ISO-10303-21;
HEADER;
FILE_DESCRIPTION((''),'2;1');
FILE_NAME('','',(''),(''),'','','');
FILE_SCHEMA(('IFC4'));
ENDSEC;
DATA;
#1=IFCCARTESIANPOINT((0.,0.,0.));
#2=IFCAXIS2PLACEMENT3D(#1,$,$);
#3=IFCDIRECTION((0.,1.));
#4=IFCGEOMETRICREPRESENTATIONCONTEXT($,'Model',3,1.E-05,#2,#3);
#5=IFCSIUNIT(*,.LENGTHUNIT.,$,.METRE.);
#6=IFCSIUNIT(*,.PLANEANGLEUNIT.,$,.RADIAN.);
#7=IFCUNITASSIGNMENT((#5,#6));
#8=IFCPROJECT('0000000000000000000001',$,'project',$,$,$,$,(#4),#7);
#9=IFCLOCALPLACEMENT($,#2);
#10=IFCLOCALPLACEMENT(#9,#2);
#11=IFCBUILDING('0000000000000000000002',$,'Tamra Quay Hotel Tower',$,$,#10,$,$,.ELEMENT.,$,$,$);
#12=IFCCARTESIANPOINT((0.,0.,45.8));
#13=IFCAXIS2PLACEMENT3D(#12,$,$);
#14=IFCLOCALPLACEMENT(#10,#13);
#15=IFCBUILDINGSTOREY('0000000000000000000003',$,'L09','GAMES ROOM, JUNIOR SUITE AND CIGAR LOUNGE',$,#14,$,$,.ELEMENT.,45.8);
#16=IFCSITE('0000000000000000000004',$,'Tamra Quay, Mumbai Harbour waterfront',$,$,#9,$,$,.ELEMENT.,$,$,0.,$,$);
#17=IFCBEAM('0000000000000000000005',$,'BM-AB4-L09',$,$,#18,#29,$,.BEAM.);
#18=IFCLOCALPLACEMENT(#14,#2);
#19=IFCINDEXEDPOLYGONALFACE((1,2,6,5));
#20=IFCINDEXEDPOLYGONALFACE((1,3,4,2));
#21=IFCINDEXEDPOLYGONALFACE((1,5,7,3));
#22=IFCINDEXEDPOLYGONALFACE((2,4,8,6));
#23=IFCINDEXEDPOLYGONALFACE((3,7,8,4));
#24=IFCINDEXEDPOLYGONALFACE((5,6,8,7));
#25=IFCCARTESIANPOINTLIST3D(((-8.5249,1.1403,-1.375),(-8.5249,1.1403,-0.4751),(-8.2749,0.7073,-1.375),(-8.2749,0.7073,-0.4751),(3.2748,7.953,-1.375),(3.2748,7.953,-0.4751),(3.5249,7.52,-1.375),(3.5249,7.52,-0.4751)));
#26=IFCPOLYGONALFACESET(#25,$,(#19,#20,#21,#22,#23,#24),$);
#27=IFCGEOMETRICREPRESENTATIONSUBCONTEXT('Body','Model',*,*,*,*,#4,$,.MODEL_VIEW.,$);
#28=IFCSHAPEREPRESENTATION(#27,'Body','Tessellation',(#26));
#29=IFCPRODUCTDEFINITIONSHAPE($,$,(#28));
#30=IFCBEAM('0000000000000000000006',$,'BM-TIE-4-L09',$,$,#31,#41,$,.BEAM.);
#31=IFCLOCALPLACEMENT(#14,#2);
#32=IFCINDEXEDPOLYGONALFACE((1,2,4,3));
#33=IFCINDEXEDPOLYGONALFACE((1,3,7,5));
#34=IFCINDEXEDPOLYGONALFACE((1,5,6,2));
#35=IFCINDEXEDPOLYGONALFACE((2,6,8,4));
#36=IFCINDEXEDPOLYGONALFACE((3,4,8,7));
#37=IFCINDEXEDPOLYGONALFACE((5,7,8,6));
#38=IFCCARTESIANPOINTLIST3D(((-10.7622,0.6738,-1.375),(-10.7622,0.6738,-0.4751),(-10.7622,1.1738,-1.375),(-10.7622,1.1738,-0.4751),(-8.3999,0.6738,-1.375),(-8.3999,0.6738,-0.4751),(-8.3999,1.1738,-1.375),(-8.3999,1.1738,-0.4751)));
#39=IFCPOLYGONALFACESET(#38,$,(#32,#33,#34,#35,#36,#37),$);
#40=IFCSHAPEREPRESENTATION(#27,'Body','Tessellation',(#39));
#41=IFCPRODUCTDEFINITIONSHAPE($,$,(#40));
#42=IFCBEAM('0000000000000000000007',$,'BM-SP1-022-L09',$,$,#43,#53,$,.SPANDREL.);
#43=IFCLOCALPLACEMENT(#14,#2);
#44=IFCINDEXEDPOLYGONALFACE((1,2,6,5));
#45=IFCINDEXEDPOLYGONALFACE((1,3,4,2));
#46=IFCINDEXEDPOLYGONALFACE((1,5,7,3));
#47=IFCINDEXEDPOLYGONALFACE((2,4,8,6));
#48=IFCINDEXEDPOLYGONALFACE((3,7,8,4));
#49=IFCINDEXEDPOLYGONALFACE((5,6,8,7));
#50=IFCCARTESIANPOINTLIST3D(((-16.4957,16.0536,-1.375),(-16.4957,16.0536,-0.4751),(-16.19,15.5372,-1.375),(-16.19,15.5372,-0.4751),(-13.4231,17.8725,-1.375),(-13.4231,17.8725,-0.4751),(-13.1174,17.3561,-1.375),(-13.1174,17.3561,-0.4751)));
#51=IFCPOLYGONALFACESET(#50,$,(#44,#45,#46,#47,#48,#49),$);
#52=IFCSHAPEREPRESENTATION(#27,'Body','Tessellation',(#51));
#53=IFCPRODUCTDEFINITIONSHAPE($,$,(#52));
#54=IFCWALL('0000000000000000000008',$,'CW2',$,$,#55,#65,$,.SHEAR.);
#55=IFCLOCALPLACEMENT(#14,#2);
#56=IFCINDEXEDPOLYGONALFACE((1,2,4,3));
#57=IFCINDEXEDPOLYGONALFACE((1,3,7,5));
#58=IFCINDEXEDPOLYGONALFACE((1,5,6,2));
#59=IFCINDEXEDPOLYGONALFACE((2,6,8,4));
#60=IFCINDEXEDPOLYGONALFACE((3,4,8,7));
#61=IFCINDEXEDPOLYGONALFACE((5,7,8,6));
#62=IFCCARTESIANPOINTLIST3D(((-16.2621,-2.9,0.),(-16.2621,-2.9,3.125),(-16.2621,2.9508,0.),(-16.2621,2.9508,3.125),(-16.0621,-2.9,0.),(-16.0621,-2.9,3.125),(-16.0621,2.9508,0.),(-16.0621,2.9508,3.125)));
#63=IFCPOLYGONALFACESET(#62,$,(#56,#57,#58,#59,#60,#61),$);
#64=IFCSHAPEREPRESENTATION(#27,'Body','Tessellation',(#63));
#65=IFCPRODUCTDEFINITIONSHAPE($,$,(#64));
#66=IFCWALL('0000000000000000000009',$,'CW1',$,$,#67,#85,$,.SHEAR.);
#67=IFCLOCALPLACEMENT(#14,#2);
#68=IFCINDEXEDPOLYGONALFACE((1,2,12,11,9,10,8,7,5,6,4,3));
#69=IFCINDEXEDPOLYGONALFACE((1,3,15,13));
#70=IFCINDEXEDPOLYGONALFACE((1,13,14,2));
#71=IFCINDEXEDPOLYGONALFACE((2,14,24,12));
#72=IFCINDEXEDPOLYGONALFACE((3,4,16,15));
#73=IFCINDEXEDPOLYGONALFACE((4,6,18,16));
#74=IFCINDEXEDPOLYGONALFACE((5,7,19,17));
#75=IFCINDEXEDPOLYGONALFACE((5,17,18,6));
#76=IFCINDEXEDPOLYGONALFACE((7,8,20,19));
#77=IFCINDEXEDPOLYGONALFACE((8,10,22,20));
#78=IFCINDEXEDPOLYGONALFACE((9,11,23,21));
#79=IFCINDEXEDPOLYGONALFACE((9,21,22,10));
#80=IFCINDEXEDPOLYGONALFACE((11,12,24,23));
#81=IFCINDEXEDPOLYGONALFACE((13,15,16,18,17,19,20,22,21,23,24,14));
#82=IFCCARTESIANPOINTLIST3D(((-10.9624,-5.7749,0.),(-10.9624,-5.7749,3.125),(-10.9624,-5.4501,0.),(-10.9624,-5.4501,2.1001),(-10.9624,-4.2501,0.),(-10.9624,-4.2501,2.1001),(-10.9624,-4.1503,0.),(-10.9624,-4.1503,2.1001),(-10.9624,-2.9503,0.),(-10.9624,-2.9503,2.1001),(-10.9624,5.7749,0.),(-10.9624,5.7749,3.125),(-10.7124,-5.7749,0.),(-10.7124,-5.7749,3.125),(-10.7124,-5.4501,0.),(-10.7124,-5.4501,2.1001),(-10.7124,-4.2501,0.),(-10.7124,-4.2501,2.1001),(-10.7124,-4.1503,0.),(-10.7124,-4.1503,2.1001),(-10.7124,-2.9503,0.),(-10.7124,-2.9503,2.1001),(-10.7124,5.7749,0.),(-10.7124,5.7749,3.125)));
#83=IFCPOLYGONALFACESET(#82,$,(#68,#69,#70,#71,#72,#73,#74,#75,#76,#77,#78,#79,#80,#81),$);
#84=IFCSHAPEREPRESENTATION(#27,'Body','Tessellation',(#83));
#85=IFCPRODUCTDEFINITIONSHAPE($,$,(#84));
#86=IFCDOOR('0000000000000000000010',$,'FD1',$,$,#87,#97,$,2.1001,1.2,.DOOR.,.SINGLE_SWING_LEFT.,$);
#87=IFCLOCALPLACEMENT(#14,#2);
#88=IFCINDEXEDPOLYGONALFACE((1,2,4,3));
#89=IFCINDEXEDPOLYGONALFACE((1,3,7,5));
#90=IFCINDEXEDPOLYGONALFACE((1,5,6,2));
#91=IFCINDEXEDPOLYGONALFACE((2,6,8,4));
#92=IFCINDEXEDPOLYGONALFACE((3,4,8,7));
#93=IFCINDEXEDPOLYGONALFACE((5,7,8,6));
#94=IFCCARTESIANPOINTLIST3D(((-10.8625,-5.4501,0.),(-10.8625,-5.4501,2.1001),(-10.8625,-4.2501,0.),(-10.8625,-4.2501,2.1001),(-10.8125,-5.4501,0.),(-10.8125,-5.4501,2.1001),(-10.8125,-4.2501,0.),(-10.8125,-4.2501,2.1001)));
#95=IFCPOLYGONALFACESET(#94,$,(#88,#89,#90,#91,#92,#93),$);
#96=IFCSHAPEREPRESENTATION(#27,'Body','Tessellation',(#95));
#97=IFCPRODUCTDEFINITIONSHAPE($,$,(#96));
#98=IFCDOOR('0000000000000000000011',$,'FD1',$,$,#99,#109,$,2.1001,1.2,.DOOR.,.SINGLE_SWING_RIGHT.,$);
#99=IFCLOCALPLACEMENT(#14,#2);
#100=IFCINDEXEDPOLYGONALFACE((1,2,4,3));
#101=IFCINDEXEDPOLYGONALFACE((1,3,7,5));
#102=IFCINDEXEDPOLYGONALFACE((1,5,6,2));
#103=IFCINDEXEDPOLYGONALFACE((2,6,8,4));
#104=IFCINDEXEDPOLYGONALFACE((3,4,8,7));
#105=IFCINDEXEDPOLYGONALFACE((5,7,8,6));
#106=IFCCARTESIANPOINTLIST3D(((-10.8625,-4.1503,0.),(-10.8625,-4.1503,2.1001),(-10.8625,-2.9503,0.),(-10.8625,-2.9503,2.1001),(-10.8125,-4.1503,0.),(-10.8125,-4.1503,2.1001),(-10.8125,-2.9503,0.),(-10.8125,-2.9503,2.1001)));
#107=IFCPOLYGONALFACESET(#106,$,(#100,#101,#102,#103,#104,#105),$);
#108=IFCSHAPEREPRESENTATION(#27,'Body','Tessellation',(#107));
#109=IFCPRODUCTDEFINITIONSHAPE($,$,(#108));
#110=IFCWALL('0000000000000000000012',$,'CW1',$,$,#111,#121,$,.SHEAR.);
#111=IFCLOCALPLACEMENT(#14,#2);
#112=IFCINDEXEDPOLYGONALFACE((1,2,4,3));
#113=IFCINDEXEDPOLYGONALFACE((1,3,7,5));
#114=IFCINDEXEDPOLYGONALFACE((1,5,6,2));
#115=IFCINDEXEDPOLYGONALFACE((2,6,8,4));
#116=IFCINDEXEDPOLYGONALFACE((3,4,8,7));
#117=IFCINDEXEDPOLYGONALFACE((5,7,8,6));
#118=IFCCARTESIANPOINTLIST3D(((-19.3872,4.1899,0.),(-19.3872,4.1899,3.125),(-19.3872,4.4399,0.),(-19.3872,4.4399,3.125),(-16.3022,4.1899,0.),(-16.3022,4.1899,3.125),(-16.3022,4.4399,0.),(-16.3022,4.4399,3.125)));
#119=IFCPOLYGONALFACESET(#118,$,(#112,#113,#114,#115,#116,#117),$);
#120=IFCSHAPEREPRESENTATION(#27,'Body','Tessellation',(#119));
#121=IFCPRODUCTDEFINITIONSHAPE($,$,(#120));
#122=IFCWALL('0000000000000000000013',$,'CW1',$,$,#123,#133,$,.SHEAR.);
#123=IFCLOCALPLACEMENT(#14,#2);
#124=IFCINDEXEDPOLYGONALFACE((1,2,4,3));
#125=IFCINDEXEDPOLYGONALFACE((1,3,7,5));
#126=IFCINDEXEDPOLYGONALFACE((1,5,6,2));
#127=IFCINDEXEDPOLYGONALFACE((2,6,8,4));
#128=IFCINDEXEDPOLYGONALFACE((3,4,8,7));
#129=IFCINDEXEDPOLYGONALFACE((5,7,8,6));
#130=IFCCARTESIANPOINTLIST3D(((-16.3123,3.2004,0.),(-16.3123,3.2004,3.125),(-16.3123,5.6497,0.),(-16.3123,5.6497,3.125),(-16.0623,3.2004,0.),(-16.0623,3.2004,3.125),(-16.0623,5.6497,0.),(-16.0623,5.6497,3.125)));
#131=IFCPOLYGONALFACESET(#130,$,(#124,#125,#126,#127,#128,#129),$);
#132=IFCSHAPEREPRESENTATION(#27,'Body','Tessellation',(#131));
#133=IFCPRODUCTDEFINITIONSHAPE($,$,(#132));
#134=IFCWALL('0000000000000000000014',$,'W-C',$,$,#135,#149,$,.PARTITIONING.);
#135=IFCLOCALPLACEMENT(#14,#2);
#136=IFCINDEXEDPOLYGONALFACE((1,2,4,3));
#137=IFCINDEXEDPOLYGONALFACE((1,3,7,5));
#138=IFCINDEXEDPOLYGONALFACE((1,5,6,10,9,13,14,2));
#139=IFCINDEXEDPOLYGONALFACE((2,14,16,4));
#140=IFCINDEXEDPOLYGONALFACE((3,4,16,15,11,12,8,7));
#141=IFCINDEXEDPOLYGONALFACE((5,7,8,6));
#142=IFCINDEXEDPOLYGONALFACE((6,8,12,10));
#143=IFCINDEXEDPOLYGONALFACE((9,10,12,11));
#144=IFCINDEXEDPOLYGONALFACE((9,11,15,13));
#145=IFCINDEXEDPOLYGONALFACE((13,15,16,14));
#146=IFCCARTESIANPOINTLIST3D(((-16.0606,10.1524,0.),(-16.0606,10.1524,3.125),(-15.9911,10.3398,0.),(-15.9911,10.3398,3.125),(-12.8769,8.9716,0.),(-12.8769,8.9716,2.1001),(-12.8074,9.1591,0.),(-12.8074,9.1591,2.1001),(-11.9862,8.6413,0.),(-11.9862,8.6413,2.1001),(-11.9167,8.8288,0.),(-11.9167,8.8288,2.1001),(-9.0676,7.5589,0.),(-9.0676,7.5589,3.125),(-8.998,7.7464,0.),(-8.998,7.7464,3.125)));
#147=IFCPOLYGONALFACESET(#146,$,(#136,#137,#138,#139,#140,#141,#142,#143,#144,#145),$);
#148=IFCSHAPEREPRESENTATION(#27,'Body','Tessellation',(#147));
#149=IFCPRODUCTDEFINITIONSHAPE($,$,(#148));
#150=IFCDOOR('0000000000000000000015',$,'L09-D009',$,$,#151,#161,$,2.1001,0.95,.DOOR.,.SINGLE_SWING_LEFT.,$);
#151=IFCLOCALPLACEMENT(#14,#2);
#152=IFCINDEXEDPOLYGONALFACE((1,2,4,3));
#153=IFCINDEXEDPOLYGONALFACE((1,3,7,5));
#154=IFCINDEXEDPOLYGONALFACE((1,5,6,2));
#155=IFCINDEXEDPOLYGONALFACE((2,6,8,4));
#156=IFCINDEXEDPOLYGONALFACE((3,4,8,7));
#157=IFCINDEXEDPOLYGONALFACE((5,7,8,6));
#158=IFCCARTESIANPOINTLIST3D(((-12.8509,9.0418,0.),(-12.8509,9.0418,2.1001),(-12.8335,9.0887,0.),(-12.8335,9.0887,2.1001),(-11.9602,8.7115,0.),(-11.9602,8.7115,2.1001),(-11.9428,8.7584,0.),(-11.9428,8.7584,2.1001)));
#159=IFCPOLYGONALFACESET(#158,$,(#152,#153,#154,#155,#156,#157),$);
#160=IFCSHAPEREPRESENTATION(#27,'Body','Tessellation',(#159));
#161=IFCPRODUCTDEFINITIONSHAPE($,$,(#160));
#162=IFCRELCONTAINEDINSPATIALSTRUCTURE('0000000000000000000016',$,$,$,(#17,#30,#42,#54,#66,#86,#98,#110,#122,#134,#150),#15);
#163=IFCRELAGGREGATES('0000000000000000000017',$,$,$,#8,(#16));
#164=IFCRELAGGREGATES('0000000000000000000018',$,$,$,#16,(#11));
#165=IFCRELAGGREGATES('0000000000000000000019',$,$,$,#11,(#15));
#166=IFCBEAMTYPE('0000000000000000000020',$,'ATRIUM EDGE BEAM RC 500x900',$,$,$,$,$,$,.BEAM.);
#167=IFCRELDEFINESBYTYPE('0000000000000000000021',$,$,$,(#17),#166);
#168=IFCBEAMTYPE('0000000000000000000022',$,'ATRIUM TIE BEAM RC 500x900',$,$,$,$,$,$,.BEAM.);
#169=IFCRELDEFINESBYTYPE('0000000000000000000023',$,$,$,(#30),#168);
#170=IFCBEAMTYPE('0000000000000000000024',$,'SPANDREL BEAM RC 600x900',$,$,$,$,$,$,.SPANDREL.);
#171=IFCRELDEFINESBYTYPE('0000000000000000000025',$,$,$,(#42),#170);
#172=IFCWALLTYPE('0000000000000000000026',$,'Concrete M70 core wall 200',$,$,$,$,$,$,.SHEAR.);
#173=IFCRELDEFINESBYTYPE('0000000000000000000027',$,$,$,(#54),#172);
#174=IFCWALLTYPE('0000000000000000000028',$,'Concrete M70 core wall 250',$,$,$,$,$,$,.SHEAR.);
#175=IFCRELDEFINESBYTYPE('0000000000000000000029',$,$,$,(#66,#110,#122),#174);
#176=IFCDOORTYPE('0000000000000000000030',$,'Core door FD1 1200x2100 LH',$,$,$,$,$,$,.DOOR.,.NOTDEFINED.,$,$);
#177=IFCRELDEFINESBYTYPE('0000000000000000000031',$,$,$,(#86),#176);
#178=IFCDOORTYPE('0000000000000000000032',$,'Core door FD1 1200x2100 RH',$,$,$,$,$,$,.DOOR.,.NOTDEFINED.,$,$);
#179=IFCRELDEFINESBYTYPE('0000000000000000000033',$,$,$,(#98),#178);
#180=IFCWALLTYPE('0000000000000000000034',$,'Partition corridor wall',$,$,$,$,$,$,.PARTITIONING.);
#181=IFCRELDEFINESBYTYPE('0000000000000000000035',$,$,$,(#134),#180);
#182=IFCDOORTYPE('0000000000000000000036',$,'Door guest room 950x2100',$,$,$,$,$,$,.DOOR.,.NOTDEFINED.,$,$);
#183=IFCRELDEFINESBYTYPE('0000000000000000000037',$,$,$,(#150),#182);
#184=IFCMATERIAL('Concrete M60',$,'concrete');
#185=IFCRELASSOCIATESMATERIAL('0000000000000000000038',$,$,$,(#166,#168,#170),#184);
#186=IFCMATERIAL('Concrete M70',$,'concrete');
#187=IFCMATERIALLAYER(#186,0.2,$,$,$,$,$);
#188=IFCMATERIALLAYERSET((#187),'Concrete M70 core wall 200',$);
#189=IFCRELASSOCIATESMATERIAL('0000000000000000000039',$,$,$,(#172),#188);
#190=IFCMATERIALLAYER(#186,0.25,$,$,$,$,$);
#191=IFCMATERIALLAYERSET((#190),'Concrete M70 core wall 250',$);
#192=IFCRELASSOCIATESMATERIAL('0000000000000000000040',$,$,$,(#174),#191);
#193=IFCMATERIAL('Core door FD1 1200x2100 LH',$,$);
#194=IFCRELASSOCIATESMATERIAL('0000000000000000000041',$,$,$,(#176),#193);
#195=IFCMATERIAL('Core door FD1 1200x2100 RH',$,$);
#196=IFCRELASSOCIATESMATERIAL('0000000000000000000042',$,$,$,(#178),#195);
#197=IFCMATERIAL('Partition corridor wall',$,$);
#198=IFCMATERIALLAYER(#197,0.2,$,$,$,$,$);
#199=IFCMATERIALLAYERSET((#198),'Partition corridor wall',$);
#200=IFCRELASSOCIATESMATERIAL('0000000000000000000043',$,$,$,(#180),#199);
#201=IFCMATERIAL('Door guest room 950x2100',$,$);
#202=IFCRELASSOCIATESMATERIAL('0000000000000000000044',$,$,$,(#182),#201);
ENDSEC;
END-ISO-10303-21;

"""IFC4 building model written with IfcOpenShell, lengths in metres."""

from ifc_helpers import new_model, si_unit, direction, frame, frame_2d, origin, origin_2d, place, context, subcontext, project, spatial, rectangle, extrude, material, layer, layer_set, material_profile, profile_set, type_object, element, fill, save


model = new_model("IFC4")

# Units and contexts
model_context = context("Model", 3, precision=1e-05, world=origin(), true_north=direction((0.0, 1.0)))
body_context = subcontext(model_context, "Body", "Model", "MODEL_VIEW")
ifc_project = project(units=[si_unit("LENGTHUNIT", "METRE"), si_unit("PLANEANGLEUNIT", "RADIAN")], contexts=[model_context])

# Site, building, storey
site_placement = place(None, origin())
site = spatial("IfcSite", under=ifc_project, at=site_placement, Name="Tamra Quay, Mumbai Harbour waterfront", CompositionType="ELEMENT", RefElevation=0.0)
building_placement = place(site_placement, origin())
building = spatial("IfcBuilding", under=site, at=building_placement, Name="Tamra Quay Hotel Tower", CompositionType="ELEMENT")
storey_placement = place(building_placement, frame((0.0, 0.0, 45.8)))
storey = spatial("IfcBuildingStorey", under=building, at=storey_placement, Name="L09", Description="GAMES ROOM, JUNIOR SUITE AND CIGAR LOUNGE", CompositionType="ELEMENT", Elevation=45.8)

# Beams
ifc_material_1 = material(Name="Concrete M60", Category="concrete")
ifc_material_profile_1 = material_profile(ifc_material_1, rectangle(XDim=0.5, YDim=0.8999, at=origin_2d()), Name="ATRIUM EDGE BEAM RC 500x900")
ifc_profile_set_1 = profile_set([ifc_material_profile_1], Name="Concrete M60")
beam_type_1 = type_object("IfcBeamType", Name="ATRIUM EDGE BEAM RC 500x900", PredefinedType="BEAM", material=ifc_profile_set_1)
beam_1_placement = place(storey_placement, frame((-8.3999, 0.9238, -0.925), z_axis=(0.866021, 0.500007, 0.0), x_axis=(-0.500007, 0.866021, 0.0)))
element("IfcBeam", 1, at=beam_1_placement, inside=storey, type_object=beam_type_1, Name="BM-AB4-L09", PredefinedType="BEAM", context=body_context, shape_type="SweptSolid", body=[
    extrude(rectangle(XDim=0.5, YDim=0.8999, at=origin_2d()), origin(), (0.0, 0.0, 1.0), 13.6252),
])
ifc_material_profile_2 = material_profile(ifc_material_1, rectangle(XDim=0.5, YDim=0.8999, at=origin_2d()), Name="ATRIUM TIE BEAM RC 500x900")
ifc_profile_set_2 = profile_set([ifc_material_profile_2], Name="Concrete M60")
beam_type_2 = type_object("IfcBeamType", Name="ATRIUM TIE BEAM RC 500x900", PredefinedType="BEAM", material=ifc_profile_set_2)
beam_2_placement = place(storey_placement, frame((-8.3999, 0.9238, -0.925), z_axis=(-1.0, 0.0, 0.0), x_axis=(0.0, -1.0, 0.0)))
element("IfcBeam", 2, at=beam_2_placement, inside=storey, type_object=beam_type_2, Name="BM-TIE-4-L09", PredefinedType="BEAM", context=body_context, shape_type="SweptSolid", body=[
    extrude(rectangle(XDim=0.5, YDim=0.8999, at=origin_2d()), origin(), (0.0, 0.0, 1.0), 2.3623),
])
ifc_material_profile_3 = material_profile(ifc_material_1, rectangle(XDim=0.6001, YDim=0.8999, at=origin_2d()), Name="SPANDREL BEAM RC 600x900")
ifc_profile_set_3 = profile_set([ifc_material_profile_3], Name="Concrete M60")
beam_type_3 = type_object("IfcBeamType", Name="SPANDREL BEAM RC 600x900", PredefinedType="SPANDREL", material=ifc_profile_set_3)
beam_3_placement = place(storey_placement, frame((-13.2703, 17.6143, -0.925), z_axis=(-0.860525, -0.509409, 0.0), x_axis=(0.509409, -0.860525, 0.0)))
element("IfcBeam", 3, at=beam_3_placement, inside=storey, type_object=beam_type_3, Name="BM-SP1-022-L09", PredefinedType="SPANDREL", context=body_context, shape_type="SweptSolid", body=[
    extrude(rectangle(XDim=0.6001, YDim=0.8999, at=origin_2d()), origin(), (0.0, 0.0, 1.0), 3.5706),
])

# Wall
ifc_material_2 = material(Name="Concrete M70", Category="concrete")
ifc_layer_1 = layer(ifc_material_2, 0.2)
ifc_layer_set_1 = layer_set([ifc_layer_1], Name="Concrete M70 core wall 200")
wall_type_1 = type_object("IfcWallType", Name="Concrete M70 core wall 200", PredefinedType="SHEAR", material=ifc_layer_set_1)
wall_1_placement = place(storey_placement, frame((-16.1621, 2.9507, 0.0), z_axis=(0.0, 0.0, 1.0), x_axis=(0.0, -1.0, 0.0)))
element("IfcWall", 4, at=wall_1_placement, inside=storey, type_object=wall_type_1, Name="CW2", PredefinedType="SHEAR", context=body_context, shape_type="SweptSolid", body=[
    extrude(rectangle(XDim=5.8508, YDim=0.2, at=frame_2d((2.9253, 0.0))), origin(), (0.0, 0.0, 1.0), 3.125),
])

# Wall, openings, doors
ifc_layer_2 = layer(ifc_material_2, 0.25)
ifc_layer_set_2 = layer_set([ifc_layer_2], Name="Concrete M70 core wall 250")
wall_type_2 = type_object("IfcWallType", Name="Concrete M70 core wall 250", PredefinedType="SHEAR", material=ifc_layer_set_2)
wall_2_placement = place(storey_placement, frame((-10.8374, 5.7749, 0.0), z_axis=(0.0, 0.0, 1.0), x_axis=(0.0, -1.0, 0.0)))
wall_2 = element("IfcWall", 5, at=wall_2_placement, inside=storey, type_object=wall_type_2, Name="CW1", PredefinedType="SHEAR", context=body_context, shape_type="SweptSolid", body=[
    extrude(rectangle(XDim=11.5498, YDim=0.25, at=frame_2d((5.7749, 0.0))), origin(), (0.0, 0.0, 1.0), 3.125),
])
opening_1_placement = place(wall_2_placement, frame((10.0249, 0.0, 0.0)))
opening_1 = element("IfcOpeningElement", 6, at=opening_1_placement, cuts=wall_2, PredefinedType="OPENING", context=body_context, shape_type="SweptSolid", body=[
    extrude(rectangle(XDim=1.2, YDim=2.1001, at=frame_2d((0.6001, 1.05))), frame((0.0, 0.135, 0.0), z_axis=(0.0, -1.0, 0.0), x_axis=(1.0, 0.0, 0.0)), (0.0, 0.0, 1.0), 0.27),
])
opening_2_placement = place(wall_2_placement, frame((8.7251, 0.0, 0.0)))
opening_2 = element("IfcOpeningElement", 7, at=opening_2_placement, cuts=wall_2, PredefinedType="OPENING", context=body_context, shape_type="SweptSolid", body=[
    extrude(rectangle(XDim=1.2, YDim=2.1001, at=frame_2d((0.6001, 1.05))), frame((0.0, 0.135, 0.0), z_axis=(0.0, -1.0, 0.0), x_axis=(1.0, 0.0, 0.0)), (0.0, 0.0, 1.0), 0.27),
])
ifc_material_3 = material(Name="Core door FD1 1200x2100 LH")
door_type_1 = type_object("IfcDoorType", Name="Core door FD1 1200x2100 LH", OperationType="NOTDEFINED", PredefinedType="DOOR", material=ifc_material_3)
door_1_placement = place(opening_1_placement, origin())
door_1 = element("IfcDoor", 8, at=door_1_placement, inside=storey, type_object=door_type_1, Name="FD1", OperationType="SINGLE_SWING_LEFT", OverallHeight=2.1001, OverallWidth=1.2, PredefinedType="DOOR", context=body_context, shape_type="SweptSolid", body=[
    extrude(rectangle(XDim=1.2, YDim=2.1001, at=frame_2d((0.6001, 1.05))), frame((0.0, 0.0249, 0.0), z_axis=(0.0, -1.0, 0.0), x_axis=(1.0, 0.0, 0.0)), (0.0, 0.0, 1.0), 0.05),
])
fill(opening_1, door_1)
ifc_material_4 = material(Name="Core door FD1 1200x2100 RH")
door_type_2 = type_object("IfcDoorType", Name="Core door FD1 1200x2100 RH", OperationType="NOTDEFINED", PredefinedType="DOOR", material=ifc_material_4)
door_2_placement = place(opening_2_placement, origin())
door_2 = element("IfcDoor", 9, at=door_2_placement, inside=storey, type_object=door_type_2, Name="FD1", OperationType="SINGLE_SWING_RIGHT", OverallHeight=2.1001, OverallWidth=1.2, PredefinedType="DOOR", context=body_context, shape_type="SweptSolid", body=[
    extrude(rectangle(XDim=1.2, YDim=2.1001, at=frame_2d((0.6001, 1.05))), frame((0.0, 0.0249, 0.0), z_axis=(0.0, -1.0, 0.0), x_axis=(1.0, 0.0, 0.0)), (0.0, 0.0, 1.0), 0.05),
])
fill(opening_2, door_2)

# Walls
wall_3_placement = place(storey_placement, frame((-16.3022, 4.3149, 0.0), z_axis=(0.0, 0.0, 1.0), x_axis=(-1.0, 0.0, 0.0)))
element("IfcWall", 10, at=wall_3_placement, inside=storey, type_object=wall_type_2, Name="CW1", PredefinedType="SHEAR", context=body_context, shape_type="SweptSolid", body=[
    extrude(rectangle(XDim=3.085, YDim=0.25, at=frame_2d((1.5425, 0.0))), origin(), (0.0, 0.0, 1.0), 3.125),
])
wall_4_placement = place(storey_placement, frame((-16.1873, 3.2004, 0.0), z_axis=(0.0, 0.0, 1.0), x_axis=(0.0, 1.0, 0.0)))
element("IfcWall", 11, at=wall_4_placement, inside=storey, type_object=wall_type_2, Name="CW1", PredefinedType="SHEAR", context=body_context, shape_type="SweptSolid", body=[
    extrude(rectangle(XDim=2.4492, YDim=0.25, at=frame_2d((1.2246, 0.0))), origin(), (0.0, 0.0, 1.0), 3.125),
])

# Wall, opening, door
ifc_material_5 = material(Name="Partition corridor wall")
ifc_layer_3 = layer(ifc_material_5, 0.2)
ifc_layer_set_3 = layer_set([ifc_layer_3], Name="Partition corridor wall")
wall_type_3 = type_object("IfcWallType", Name="Partition corridor wall", PredefinedType="PARTITIONING", material=ifc_layer_set_3)
wall_5_placement = place(storey_placement, frame((-16.0259, 10.2461, 0.0), z_axis=(0.0, 0.0, 1.0), x_axis=(0.937598, -0.347721, 0.0)))
wall_5 = element("IfcWall", 12, at=wall_5_placement, inside=storey, type_object=wall_type_3, Name="W-C", PredefinedType="PARTITIONING", context=body_context, shape_type="SweptSolid", body=[
    extrude(rectangle(XDim=7.4585, YDim=0.2, at=frame_2d((3.7292, 0.0))), origin(), (0.0, 0.0, 1.0), 3.125),
])
opening_3_placement = place(wall_5_placement, frame((3.3955, 0.0, 0.0)))
opening_3 = element("IfcOpeningElement", 13, at=opening_3_placement, cuts=wall_5, PredefinedType="OPENING", context=body_context, shape_type="SweptSolid", body=[
    extrude(rectangle(XDim=0.95, YDim=2.1001, at=frame_2d((0.4751, 1.05))), frame((0.0, 0.1099, 0.0), z_axis=(0.0, -1.0, 0.0), x_axis=(1.0, 0.0, 0.0)), (0.0, 0.0, 1.0), 0.22),
])
ifc_material_6 = material(Name="Door guest room 950x2100")
door_type_3 = type_object("IfcDoorType", Name="Door guest room 950x2100", OperationType="NOTDEFINED", PredefinedType="DOOR", material=ifc_material_6)
door_3_placement = place(opening_3_placement, origin())
door_3 = element("IfcDoor", 14, at=door_3_placement, inside=storey, type_object=door_type_3, Name="L09-D009", OperationType="SINGLE_SWING_LEFT", OverallHeight=2.1001, OverallWidth=0.95, PredefinedType="DOOR", context=body_context, shape_type="SweptSolid", body=[
    extrude(rectangle(XDim=0.95, YDim=2.1001, at=frame_2d((0.4751, 1.05))), frame((0.0, 0.0249, 0.0), z_axis=(0.0, -1.0, 0.0), x_axis=(1.0, 0.0, 0.0)), (0.0, 0.0, 1.0), 0.05),
])
fill(opening_3, door_3)

save(model, "model.ifc")
